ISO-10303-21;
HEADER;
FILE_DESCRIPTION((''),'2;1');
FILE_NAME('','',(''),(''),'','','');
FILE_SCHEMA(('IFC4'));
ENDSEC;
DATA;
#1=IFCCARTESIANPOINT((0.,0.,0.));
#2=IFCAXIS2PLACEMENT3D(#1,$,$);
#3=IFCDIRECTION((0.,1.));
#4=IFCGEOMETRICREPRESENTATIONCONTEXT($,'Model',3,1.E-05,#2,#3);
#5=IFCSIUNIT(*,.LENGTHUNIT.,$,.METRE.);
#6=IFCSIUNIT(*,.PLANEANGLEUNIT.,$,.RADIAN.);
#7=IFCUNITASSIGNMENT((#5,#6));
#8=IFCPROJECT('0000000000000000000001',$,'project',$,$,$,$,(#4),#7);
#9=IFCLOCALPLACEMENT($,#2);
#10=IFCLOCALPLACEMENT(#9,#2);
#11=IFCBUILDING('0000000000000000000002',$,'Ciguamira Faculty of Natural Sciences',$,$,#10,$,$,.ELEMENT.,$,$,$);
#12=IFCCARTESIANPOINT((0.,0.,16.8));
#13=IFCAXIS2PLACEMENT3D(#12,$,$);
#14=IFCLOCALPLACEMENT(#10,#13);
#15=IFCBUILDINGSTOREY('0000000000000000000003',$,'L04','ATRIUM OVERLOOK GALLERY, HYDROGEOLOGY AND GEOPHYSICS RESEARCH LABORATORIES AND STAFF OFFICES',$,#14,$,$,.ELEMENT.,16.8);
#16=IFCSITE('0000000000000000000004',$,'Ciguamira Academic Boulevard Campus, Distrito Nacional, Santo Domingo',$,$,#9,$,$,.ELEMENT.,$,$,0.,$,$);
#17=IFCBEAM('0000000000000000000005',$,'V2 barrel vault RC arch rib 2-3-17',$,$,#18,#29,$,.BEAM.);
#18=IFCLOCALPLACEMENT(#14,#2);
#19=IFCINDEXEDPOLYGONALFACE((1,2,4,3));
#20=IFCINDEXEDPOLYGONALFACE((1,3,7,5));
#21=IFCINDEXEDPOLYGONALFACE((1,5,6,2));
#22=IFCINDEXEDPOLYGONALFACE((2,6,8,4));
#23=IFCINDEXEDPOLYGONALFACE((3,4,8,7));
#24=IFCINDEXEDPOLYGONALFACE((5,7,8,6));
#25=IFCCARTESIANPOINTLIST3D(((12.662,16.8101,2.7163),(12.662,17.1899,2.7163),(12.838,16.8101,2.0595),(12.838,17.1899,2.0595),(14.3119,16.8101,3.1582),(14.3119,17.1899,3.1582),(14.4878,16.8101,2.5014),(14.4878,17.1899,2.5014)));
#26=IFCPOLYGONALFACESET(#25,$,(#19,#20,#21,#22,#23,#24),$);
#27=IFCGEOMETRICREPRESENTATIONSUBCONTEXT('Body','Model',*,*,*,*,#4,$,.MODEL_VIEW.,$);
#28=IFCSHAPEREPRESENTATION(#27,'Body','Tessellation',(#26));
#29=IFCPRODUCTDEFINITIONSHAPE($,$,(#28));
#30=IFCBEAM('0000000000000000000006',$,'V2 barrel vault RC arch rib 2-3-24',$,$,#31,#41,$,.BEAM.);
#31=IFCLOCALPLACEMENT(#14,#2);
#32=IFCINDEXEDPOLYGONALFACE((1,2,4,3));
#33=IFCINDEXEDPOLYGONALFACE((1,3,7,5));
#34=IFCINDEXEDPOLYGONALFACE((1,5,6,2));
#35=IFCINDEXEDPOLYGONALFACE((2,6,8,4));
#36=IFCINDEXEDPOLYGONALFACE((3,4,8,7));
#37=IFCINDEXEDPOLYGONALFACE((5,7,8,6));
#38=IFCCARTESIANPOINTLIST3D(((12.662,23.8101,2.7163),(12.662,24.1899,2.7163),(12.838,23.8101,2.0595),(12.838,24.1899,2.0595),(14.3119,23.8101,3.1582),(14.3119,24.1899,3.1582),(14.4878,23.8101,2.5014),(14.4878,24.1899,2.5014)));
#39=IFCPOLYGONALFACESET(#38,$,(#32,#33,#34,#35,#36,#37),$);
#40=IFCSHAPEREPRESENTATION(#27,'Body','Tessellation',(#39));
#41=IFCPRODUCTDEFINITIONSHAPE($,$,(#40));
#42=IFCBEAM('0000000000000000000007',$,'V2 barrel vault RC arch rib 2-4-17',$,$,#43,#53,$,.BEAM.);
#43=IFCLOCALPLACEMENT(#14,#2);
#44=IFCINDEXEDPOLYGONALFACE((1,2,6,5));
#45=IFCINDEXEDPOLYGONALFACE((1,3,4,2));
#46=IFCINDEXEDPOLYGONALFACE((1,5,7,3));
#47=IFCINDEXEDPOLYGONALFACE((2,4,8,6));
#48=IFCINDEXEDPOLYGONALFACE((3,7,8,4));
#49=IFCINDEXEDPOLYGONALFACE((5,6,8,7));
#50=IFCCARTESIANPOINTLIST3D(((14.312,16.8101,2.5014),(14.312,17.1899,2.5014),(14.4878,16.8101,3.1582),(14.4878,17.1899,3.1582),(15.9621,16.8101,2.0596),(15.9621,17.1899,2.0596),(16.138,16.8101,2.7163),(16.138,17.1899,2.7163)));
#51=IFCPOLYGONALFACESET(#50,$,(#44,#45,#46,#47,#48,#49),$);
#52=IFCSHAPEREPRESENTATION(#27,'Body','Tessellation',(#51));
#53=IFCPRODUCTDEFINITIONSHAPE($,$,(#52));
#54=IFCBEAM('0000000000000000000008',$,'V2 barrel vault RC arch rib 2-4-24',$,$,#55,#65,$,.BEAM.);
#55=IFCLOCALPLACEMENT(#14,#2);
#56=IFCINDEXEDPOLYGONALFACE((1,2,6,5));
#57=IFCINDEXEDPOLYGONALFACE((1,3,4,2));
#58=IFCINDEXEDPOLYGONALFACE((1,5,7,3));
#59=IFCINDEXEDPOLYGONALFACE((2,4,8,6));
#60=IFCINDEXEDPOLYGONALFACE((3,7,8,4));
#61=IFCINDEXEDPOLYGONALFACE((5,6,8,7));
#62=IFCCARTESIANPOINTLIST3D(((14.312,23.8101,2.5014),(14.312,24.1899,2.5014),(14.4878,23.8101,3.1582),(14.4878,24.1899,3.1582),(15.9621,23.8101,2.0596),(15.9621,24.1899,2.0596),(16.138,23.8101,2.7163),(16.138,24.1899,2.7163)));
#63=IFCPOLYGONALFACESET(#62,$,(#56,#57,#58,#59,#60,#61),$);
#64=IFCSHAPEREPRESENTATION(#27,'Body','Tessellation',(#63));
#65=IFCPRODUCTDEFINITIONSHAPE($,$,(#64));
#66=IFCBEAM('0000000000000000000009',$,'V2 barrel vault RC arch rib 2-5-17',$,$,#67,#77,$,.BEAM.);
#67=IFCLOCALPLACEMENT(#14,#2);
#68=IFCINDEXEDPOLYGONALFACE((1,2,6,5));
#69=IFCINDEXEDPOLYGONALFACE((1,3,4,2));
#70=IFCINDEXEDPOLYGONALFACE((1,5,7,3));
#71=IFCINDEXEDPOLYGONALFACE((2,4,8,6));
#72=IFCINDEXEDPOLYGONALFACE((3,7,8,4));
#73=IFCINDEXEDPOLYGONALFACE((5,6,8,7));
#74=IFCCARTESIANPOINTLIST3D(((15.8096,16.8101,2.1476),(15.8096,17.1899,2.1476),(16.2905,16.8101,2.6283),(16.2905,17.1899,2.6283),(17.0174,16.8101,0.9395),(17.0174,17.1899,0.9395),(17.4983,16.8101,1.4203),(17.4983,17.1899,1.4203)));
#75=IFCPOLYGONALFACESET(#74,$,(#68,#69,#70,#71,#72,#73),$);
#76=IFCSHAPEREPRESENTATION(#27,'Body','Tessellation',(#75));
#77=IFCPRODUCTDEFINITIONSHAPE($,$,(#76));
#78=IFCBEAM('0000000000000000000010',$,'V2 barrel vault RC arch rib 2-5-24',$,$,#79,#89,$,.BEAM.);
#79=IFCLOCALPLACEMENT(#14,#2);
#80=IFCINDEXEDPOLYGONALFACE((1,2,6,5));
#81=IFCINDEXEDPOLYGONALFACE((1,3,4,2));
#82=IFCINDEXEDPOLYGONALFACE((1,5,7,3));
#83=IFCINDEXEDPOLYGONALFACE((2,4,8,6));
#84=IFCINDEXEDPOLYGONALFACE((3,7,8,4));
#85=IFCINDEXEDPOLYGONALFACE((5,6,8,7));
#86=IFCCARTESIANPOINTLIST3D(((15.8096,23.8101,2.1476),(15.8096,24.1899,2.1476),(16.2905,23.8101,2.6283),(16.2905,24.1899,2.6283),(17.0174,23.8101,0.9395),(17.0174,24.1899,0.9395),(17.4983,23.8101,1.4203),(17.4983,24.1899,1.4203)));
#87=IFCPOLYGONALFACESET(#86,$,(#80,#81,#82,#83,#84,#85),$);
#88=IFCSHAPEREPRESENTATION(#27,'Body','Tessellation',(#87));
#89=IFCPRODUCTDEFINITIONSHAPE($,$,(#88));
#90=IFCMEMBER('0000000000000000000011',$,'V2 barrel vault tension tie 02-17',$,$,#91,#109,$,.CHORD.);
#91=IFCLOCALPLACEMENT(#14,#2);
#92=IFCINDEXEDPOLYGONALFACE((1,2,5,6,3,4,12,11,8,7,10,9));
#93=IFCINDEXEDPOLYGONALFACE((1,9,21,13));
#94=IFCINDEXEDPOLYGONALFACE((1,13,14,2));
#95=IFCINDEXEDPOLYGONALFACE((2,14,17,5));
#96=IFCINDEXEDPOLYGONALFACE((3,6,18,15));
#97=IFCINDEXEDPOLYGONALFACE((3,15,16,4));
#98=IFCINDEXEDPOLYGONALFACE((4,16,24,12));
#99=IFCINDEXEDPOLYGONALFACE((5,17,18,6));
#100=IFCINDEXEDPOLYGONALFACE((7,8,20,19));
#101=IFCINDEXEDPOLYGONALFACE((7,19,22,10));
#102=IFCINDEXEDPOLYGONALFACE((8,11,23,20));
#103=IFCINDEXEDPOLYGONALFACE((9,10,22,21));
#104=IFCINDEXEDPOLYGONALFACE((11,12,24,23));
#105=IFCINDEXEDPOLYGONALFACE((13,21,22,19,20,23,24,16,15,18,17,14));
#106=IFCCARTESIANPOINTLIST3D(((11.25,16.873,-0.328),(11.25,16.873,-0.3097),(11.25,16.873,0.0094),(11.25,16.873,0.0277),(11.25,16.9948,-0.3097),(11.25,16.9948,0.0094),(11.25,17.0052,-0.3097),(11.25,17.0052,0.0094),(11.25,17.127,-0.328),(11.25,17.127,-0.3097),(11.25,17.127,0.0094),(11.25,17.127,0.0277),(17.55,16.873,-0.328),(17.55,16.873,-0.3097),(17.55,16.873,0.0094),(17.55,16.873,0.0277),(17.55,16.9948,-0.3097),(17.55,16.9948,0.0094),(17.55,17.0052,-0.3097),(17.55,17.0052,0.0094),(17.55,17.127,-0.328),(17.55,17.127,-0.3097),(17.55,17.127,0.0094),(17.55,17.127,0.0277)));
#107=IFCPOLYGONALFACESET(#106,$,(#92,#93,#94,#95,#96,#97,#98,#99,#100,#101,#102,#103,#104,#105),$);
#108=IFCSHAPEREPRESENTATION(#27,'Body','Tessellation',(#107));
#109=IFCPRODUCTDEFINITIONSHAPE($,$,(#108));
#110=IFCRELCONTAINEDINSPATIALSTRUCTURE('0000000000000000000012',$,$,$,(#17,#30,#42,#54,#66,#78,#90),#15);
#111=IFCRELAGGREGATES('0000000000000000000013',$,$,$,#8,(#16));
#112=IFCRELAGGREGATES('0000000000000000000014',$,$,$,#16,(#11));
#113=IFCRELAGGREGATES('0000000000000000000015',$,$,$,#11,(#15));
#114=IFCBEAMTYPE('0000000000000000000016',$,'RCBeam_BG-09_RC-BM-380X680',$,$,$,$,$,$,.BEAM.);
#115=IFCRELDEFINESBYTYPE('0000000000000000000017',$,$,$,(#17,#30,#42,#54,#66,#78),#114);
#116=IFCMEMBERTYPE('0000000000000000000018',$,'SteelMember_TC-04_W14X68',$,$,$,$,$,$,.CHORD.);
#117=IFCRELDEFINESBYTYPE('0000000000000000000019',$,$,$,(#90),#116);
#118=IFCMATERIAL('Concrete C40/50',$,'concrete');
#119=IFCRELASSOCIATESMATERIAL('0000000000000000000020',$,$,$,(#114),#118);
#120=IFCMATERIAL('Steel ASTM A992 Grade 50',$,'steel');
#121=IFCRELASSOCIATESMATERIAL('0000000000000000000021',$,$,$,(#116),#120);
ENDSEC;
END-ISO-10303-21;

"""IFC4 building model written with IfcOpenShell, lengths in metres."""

from ifc_helpers import new_model, si_unit, direction, frame, origin, origin_2d, place, context, subcontext, project, spatial, rectangle, i_section, extrude, material, material_profile, profile_set, type_object, element, save


model = new_model("IFC4")

# Units and contexts
model_context = context("Model", 3, precision=1e-05, world=origin(), true_north=direction((0.0, 1.0)))
body_context = subcontext(model_context, "Body", "Model", "MODEL_VIEW")
ifc_project = project(units=[si_unit("LENGTHUNIT", "METRE"), si_unit("PLANEANGLEUNIT", "RADIAN")], contexts=[model_context])

# Site, building, storey
site_placement = place(None, origin())
site = spatial("IfcSite", under=ifc_project, at=site_placement, Name="Ciguamira Academic Boulevard Campus, Distrito Nacional, Santo Domingo", CompositionType="ELEMENT", RefElevation=0.0)
building_placement = place(site_placement, origin())
building = spatial("IfcBuilding", under=site, at=building_placement, Name="Ciguamira Faculty of Natural Sciences", CompositionType="ELEMENT")
storey_placement = place(building_placement, frame((0.0, 0.0, 16.8)))
storey = spatial("IfcBuildingStorey", under=building, at=storey_placement, Name="L04", Description="ATRIUM OVERLOOK GALLERY, HYDROGEOLOGY AND GEOPHYSICS RESEARCH LABORATORIES AND STAFF OFFICES", CompositionType="ELEMENT", Elevation=16.8)

# Beams
ifc_material_1 = material(Name="Concrete C40/50", Category="concrete")
ifc_material_profile_1 = material_profile(ifc_material_1, rectangle(XDim=0.3799, YDim=0.6799, at=origin_2d()), Name="RC-BM-380X680")
ifc_profile_set_1 = profile_set([ifc_material_profile_1], Name="Concrete C40/50")
beam_type_1 = type_object("IfcBeamType", Name="RCBeam_BG-09_RC-BM-380X680", PredefinedType="BEAM", material=ifc_profile_set_1)
for number, where, z_axis, x_axis, name in (
    (1, (12.75, 17.0, 2.3879), (0.965954, 0.0, 0.258712), (0.0, 1.0, 0.0), "V2 barrel vault RC arch rib 2-3-17"),
    (2, (12.75, 24.0, 2.3879), (0.965954, 0.0, 0.258712), (0.0, 1.0, 0.0), "V2 barrel vault RC arch rib 2-3-24"),
):
    element("IfcBeam", number, at=place(storey_placement, frame(where, z_axis=z_axis, x_axis=x_axis)), inside=storey, type_object=beam_type_1, Name=name, PredefinedType="BEAM", context=body_context, shape_type="SweptSolid", body=[
        extrude(rectangle(XDim=0.3799, YDim=0.6799, at=origin_2d()), origin(), (0.0, 0.0, 1.0), 1.708),
    ])
for number, where, z_axis, x_axis, name in (
    (3, (14.3999, 17.0, 2.8298), (0.965964, 0.0, -0.258677), (0.0, 1.0, 0.0), "V2 barrel vault RC arch rib 2-4-17"),
    (4, (14.3999, 24.0, 2.8298), (0.965964, 0.0, -0.258677), (0.0, 1.0, 0.0), "V2 barrel vault RC arch rib 2-4-24"),
    (5, (16.05, 17.0, 2.3879), (0.707035, 0.0, -0.707178), (0.0, 1.0, 0.0), "V2 barrel vault RC arch rib 2-5-17"),
    (6, (16.05, 24.0, 2.3879), (0.707035, 0.0, -0.707178), (0.0, 1.0, 0.0), "V2 barrel vault RC arch rib 2-5-24"),
):
    element("IfcBeam", number, at=place(storey_placement, frame(where, z_axis=z_axis, x_axis=x_axis)), inside=storey, type_object=beam_type_1, Name=name, PredefinedType="BEAM", context=body_context, shape_type="SweptSolid", body=[
        extrude(rectangle(XDim=0.3799, YDim=0.6799, at=origin_2d()), origin(), (0.0, 0.0, 1.0), 1.7083),
    ])

# Member
ifc_material_2 = material(Name="Steel ASTM A992 Grade 50", Category="steel")
ifc_material_profile_2 = material_profile(ifc_material_2, i_section(OverallWidth=0.2539, OverallDepth=0.3557, WebThickness=0.0105, FlangeThickness=0.0183, at=origin_2d()), Name="W14X68")
ifc_profile_set_2 = profile_set([ifc_material_profile_2], Name="Steel ASTM A992 Grade 50")
member_type = type_object("IfcMemberType", Name="SteelMember_TC-04_W14X68", PredefinedType="CHORD", material=ifc_profile_set_2)
member_placement = place(storey_placement, frame((11.25, 17.0, -0.1501), z_axis=(1.0, 0.0, 0.0), x_axis=(0.0, 1.0, 0.0)))
element("IfcMember", 7, at=member_placement, inside=storey, type_object=member_type, Name="V2 barrel vault tension tie 02-17", PredefinedType="CHORD", context=body_context, shape_type="SweptSolid", body=[
    extrude(i_section(OverallWidth=0.2539, OverallDepth=0.3557, WebThickness=0.0105, FlangeThickness=0.0183, at=origin_2d()), origin(), (0.0, 0.0, 1.0), 6.3),
])

save(model, "model.ifc")
